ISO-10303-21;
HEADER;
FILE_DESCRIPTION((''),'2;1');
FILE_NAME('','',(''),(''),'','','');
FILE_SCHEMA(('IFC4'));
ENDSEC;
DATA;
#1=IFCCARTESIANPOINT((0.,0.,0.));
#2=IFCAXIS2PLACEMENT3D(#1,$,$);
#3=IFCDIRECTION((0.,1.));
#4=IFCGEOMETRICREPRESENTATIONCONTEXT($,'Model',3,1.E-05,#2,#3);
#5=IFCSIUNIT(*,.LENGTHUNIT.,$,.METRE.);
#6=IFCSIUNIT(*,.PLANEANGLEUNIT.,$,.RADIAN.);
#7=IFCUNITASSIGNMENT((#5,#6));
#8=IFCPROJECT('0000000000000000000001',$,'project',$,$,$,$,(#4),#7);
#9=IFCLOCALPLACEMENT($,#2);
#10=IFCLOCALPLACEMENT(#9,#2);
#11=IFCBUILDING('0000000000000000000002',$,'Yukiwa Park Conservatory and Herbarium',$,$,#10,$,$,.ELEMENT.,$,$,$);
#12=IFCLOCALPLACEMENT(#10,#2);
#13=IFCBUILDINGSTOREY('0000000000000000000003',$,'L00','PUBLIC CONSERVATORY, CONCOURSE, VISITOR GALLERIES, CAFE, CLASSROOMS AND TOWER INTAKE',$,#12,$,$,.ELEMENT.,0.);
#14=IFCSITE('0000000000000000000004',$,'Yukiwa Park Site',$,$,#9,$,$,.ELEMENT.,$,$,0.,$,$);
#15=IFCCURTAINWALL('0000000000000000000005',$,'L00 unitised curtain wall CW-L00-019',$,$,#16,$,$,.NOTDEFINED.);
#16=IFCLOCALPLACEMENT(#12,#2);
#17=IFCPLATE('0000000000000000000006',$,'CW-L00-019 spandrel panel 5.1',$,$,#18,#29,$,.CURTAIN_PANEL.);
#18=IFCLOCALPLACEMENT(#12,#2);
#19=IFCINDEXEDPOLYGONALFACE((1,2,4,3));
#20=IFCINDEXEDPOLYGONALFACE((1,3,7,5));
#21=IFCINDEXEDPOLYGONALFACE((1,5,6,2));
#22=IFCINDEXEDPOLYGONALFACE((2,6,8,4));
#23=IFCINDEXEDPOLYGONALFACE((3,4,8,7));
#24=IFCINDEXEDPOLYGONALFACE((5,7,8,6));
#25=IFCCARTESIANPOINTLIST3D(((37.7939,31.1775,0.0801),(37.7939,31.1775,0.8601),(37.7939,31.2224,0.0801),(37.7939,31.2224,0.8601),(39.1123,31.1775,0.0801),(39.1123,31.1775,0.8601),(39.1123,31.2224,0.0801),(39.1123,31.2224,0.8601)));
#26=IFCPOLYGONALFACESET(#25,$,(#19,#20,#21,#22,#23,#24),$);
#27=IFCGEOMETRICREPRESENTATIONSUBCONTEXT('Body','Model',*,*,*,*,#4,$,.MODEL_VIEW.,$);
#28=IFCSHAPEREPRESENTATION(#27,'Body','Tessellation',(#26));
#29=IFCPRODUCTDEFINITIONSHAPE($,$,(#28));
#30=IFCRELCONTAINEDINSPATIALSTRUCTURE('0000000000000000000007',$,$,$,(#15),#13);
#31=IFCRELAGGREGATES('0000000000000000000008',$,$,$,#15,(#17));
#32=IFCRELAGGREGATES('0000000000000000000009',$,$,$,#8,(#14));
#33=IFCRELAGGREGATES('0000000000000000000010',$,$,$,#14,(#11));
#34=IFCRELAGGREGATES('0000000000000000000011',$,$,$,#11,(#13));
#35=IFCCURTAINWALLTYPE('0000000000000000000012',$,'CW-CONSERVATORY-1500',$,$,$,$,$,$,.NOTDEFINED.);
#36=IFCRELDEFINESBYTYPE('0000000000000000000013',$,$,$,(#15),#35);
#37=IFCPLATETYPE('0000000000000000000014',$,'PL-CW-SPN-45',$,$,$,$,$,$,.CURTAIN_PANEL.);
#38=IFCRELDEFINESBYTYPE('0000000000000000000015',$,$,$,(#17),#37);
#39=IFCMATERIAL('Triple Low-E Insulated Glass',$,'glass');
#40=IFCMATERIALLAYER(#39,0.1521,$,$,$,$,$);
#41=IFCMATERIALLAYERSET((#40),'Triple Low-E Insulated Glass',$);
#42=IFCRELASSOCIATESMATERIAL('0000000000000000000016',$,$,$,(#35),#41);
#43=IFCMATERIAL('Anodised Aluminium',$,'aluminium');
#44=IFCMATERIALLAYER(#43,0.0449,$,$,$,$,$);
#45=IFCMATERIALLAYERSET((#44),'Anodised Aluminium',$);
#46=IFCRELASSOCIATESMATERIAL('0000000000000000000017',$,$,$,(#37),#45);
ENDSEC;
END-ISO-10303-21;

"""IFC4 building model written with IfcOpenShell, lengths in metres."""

from ifc_helpers import new_model, si_unit, direction, frame, origin, origin_2d, place, context, subcontext, project, spatial, rectangle, extrude, material, layer, layer_set, type_object, element, aggregate, save


model = new_model("IFC4")

# Units and contexts
model_context = context("Model", 3, precision=1e-05, world=origin(), true_north=direction((0.0, 1.0)))
body_context = subcontext(model_context, "Body", "Model", "MODEL_VIEW")
ifc_project = project(units=[si_unit("LENGTHUNIT", "METRE"), si_unit("PLANEANGLEUNIT", "RADIAN")], contexts=[model_context])

# Site, building, storey
site_placement = place(None, origin())
site = spatial("IfcSite", under=ifc_project, at=site_placement, Name="Yukiwa Park Site", CompositionType="ELEMENT", RefElevation=0.0)
building_placement = place(site_placement, origin())
building = spatial("IfcBuilding", under=site, at=building_placement, Name="Yukiwa Park Conservatory and Herbarium", CompositionType="ELEMENT")
storey_placement = place(building_placement, origin())
storey = spatial("IfcBuildingStorey", under=building, at=storey_placement, Name="L00", Description="PUBLIC CONSERVATORY, CONCOURSE, VISITOR GALLERIES, CAFE, CLASSROOMS AND TOWER INTAKE", CompositionType="ELEMENT", Elevation=0.0)

# Curtain wall, plate
ifc_material_1 = material(Name="Triple Low-E Insulated Glass", Category="glass")
ifc_layer_1 = layer(ifc_material_1, 0.1521)
ifc_layer_set_1 = layer_set([ifc_layer_1], Name="Triple Low-E Insulated Glass")
curtain_wall_type = type_object("IfcCurtainWallType", Name="CW-CONSERVATORY-1500", PredefinedType="NOTDEFINED", material=ifc_layer_set_1)
curtain_wall_placement = place(storey_placement, origin())
curtain_wall = element("IfcCurtainWall", 1, at=curtain_wall_placement, inside=storey, type_object=curtain_wall_type, Name="L00 unitised curtain wall CW-L00-019", PredefinedType="NOTDEFINED")
ifc_material_2 = material(Name="Anodised Aluminium", Category="aluminium")
ifc_layer_2 = layer(ifc_material_2, 0.0449)
ifc_layer_set_2 = layer_set([ifc_layer_2], Name="Anodised Aluminium")
plate_type_1 = type_object("IfcPlateType", Name="PL-CW-SPN-45", PredefinedType="CURTAIN_PANEL", material=ifc_layer_set_2)
plate_1_placement = place(storey_placement, frame((38.4531, 31.2, 0.0801), z_axis=(0.0, 0.0, 1.0), x_axis=(-1.0, 0.0, 0.0)))
plate_1 = element("IfcPlate", 2, at=plate_1_placement, type_object=plate_type_1, Name="CW-L00-019 spandrel panel 5.1", PredefinedType="CURTAIN_PANEL", context=body_context, shape_type="SweptSolid", body=[
    extrude(rectangle(XDim=1.3184, YDim=0.0449, at=origin_2d()), origin(), (0.0, 0.0, 1.0), 0.78),
])
aggregate(curtain_wall, [plate_1])

save(model, "model.ifc")
